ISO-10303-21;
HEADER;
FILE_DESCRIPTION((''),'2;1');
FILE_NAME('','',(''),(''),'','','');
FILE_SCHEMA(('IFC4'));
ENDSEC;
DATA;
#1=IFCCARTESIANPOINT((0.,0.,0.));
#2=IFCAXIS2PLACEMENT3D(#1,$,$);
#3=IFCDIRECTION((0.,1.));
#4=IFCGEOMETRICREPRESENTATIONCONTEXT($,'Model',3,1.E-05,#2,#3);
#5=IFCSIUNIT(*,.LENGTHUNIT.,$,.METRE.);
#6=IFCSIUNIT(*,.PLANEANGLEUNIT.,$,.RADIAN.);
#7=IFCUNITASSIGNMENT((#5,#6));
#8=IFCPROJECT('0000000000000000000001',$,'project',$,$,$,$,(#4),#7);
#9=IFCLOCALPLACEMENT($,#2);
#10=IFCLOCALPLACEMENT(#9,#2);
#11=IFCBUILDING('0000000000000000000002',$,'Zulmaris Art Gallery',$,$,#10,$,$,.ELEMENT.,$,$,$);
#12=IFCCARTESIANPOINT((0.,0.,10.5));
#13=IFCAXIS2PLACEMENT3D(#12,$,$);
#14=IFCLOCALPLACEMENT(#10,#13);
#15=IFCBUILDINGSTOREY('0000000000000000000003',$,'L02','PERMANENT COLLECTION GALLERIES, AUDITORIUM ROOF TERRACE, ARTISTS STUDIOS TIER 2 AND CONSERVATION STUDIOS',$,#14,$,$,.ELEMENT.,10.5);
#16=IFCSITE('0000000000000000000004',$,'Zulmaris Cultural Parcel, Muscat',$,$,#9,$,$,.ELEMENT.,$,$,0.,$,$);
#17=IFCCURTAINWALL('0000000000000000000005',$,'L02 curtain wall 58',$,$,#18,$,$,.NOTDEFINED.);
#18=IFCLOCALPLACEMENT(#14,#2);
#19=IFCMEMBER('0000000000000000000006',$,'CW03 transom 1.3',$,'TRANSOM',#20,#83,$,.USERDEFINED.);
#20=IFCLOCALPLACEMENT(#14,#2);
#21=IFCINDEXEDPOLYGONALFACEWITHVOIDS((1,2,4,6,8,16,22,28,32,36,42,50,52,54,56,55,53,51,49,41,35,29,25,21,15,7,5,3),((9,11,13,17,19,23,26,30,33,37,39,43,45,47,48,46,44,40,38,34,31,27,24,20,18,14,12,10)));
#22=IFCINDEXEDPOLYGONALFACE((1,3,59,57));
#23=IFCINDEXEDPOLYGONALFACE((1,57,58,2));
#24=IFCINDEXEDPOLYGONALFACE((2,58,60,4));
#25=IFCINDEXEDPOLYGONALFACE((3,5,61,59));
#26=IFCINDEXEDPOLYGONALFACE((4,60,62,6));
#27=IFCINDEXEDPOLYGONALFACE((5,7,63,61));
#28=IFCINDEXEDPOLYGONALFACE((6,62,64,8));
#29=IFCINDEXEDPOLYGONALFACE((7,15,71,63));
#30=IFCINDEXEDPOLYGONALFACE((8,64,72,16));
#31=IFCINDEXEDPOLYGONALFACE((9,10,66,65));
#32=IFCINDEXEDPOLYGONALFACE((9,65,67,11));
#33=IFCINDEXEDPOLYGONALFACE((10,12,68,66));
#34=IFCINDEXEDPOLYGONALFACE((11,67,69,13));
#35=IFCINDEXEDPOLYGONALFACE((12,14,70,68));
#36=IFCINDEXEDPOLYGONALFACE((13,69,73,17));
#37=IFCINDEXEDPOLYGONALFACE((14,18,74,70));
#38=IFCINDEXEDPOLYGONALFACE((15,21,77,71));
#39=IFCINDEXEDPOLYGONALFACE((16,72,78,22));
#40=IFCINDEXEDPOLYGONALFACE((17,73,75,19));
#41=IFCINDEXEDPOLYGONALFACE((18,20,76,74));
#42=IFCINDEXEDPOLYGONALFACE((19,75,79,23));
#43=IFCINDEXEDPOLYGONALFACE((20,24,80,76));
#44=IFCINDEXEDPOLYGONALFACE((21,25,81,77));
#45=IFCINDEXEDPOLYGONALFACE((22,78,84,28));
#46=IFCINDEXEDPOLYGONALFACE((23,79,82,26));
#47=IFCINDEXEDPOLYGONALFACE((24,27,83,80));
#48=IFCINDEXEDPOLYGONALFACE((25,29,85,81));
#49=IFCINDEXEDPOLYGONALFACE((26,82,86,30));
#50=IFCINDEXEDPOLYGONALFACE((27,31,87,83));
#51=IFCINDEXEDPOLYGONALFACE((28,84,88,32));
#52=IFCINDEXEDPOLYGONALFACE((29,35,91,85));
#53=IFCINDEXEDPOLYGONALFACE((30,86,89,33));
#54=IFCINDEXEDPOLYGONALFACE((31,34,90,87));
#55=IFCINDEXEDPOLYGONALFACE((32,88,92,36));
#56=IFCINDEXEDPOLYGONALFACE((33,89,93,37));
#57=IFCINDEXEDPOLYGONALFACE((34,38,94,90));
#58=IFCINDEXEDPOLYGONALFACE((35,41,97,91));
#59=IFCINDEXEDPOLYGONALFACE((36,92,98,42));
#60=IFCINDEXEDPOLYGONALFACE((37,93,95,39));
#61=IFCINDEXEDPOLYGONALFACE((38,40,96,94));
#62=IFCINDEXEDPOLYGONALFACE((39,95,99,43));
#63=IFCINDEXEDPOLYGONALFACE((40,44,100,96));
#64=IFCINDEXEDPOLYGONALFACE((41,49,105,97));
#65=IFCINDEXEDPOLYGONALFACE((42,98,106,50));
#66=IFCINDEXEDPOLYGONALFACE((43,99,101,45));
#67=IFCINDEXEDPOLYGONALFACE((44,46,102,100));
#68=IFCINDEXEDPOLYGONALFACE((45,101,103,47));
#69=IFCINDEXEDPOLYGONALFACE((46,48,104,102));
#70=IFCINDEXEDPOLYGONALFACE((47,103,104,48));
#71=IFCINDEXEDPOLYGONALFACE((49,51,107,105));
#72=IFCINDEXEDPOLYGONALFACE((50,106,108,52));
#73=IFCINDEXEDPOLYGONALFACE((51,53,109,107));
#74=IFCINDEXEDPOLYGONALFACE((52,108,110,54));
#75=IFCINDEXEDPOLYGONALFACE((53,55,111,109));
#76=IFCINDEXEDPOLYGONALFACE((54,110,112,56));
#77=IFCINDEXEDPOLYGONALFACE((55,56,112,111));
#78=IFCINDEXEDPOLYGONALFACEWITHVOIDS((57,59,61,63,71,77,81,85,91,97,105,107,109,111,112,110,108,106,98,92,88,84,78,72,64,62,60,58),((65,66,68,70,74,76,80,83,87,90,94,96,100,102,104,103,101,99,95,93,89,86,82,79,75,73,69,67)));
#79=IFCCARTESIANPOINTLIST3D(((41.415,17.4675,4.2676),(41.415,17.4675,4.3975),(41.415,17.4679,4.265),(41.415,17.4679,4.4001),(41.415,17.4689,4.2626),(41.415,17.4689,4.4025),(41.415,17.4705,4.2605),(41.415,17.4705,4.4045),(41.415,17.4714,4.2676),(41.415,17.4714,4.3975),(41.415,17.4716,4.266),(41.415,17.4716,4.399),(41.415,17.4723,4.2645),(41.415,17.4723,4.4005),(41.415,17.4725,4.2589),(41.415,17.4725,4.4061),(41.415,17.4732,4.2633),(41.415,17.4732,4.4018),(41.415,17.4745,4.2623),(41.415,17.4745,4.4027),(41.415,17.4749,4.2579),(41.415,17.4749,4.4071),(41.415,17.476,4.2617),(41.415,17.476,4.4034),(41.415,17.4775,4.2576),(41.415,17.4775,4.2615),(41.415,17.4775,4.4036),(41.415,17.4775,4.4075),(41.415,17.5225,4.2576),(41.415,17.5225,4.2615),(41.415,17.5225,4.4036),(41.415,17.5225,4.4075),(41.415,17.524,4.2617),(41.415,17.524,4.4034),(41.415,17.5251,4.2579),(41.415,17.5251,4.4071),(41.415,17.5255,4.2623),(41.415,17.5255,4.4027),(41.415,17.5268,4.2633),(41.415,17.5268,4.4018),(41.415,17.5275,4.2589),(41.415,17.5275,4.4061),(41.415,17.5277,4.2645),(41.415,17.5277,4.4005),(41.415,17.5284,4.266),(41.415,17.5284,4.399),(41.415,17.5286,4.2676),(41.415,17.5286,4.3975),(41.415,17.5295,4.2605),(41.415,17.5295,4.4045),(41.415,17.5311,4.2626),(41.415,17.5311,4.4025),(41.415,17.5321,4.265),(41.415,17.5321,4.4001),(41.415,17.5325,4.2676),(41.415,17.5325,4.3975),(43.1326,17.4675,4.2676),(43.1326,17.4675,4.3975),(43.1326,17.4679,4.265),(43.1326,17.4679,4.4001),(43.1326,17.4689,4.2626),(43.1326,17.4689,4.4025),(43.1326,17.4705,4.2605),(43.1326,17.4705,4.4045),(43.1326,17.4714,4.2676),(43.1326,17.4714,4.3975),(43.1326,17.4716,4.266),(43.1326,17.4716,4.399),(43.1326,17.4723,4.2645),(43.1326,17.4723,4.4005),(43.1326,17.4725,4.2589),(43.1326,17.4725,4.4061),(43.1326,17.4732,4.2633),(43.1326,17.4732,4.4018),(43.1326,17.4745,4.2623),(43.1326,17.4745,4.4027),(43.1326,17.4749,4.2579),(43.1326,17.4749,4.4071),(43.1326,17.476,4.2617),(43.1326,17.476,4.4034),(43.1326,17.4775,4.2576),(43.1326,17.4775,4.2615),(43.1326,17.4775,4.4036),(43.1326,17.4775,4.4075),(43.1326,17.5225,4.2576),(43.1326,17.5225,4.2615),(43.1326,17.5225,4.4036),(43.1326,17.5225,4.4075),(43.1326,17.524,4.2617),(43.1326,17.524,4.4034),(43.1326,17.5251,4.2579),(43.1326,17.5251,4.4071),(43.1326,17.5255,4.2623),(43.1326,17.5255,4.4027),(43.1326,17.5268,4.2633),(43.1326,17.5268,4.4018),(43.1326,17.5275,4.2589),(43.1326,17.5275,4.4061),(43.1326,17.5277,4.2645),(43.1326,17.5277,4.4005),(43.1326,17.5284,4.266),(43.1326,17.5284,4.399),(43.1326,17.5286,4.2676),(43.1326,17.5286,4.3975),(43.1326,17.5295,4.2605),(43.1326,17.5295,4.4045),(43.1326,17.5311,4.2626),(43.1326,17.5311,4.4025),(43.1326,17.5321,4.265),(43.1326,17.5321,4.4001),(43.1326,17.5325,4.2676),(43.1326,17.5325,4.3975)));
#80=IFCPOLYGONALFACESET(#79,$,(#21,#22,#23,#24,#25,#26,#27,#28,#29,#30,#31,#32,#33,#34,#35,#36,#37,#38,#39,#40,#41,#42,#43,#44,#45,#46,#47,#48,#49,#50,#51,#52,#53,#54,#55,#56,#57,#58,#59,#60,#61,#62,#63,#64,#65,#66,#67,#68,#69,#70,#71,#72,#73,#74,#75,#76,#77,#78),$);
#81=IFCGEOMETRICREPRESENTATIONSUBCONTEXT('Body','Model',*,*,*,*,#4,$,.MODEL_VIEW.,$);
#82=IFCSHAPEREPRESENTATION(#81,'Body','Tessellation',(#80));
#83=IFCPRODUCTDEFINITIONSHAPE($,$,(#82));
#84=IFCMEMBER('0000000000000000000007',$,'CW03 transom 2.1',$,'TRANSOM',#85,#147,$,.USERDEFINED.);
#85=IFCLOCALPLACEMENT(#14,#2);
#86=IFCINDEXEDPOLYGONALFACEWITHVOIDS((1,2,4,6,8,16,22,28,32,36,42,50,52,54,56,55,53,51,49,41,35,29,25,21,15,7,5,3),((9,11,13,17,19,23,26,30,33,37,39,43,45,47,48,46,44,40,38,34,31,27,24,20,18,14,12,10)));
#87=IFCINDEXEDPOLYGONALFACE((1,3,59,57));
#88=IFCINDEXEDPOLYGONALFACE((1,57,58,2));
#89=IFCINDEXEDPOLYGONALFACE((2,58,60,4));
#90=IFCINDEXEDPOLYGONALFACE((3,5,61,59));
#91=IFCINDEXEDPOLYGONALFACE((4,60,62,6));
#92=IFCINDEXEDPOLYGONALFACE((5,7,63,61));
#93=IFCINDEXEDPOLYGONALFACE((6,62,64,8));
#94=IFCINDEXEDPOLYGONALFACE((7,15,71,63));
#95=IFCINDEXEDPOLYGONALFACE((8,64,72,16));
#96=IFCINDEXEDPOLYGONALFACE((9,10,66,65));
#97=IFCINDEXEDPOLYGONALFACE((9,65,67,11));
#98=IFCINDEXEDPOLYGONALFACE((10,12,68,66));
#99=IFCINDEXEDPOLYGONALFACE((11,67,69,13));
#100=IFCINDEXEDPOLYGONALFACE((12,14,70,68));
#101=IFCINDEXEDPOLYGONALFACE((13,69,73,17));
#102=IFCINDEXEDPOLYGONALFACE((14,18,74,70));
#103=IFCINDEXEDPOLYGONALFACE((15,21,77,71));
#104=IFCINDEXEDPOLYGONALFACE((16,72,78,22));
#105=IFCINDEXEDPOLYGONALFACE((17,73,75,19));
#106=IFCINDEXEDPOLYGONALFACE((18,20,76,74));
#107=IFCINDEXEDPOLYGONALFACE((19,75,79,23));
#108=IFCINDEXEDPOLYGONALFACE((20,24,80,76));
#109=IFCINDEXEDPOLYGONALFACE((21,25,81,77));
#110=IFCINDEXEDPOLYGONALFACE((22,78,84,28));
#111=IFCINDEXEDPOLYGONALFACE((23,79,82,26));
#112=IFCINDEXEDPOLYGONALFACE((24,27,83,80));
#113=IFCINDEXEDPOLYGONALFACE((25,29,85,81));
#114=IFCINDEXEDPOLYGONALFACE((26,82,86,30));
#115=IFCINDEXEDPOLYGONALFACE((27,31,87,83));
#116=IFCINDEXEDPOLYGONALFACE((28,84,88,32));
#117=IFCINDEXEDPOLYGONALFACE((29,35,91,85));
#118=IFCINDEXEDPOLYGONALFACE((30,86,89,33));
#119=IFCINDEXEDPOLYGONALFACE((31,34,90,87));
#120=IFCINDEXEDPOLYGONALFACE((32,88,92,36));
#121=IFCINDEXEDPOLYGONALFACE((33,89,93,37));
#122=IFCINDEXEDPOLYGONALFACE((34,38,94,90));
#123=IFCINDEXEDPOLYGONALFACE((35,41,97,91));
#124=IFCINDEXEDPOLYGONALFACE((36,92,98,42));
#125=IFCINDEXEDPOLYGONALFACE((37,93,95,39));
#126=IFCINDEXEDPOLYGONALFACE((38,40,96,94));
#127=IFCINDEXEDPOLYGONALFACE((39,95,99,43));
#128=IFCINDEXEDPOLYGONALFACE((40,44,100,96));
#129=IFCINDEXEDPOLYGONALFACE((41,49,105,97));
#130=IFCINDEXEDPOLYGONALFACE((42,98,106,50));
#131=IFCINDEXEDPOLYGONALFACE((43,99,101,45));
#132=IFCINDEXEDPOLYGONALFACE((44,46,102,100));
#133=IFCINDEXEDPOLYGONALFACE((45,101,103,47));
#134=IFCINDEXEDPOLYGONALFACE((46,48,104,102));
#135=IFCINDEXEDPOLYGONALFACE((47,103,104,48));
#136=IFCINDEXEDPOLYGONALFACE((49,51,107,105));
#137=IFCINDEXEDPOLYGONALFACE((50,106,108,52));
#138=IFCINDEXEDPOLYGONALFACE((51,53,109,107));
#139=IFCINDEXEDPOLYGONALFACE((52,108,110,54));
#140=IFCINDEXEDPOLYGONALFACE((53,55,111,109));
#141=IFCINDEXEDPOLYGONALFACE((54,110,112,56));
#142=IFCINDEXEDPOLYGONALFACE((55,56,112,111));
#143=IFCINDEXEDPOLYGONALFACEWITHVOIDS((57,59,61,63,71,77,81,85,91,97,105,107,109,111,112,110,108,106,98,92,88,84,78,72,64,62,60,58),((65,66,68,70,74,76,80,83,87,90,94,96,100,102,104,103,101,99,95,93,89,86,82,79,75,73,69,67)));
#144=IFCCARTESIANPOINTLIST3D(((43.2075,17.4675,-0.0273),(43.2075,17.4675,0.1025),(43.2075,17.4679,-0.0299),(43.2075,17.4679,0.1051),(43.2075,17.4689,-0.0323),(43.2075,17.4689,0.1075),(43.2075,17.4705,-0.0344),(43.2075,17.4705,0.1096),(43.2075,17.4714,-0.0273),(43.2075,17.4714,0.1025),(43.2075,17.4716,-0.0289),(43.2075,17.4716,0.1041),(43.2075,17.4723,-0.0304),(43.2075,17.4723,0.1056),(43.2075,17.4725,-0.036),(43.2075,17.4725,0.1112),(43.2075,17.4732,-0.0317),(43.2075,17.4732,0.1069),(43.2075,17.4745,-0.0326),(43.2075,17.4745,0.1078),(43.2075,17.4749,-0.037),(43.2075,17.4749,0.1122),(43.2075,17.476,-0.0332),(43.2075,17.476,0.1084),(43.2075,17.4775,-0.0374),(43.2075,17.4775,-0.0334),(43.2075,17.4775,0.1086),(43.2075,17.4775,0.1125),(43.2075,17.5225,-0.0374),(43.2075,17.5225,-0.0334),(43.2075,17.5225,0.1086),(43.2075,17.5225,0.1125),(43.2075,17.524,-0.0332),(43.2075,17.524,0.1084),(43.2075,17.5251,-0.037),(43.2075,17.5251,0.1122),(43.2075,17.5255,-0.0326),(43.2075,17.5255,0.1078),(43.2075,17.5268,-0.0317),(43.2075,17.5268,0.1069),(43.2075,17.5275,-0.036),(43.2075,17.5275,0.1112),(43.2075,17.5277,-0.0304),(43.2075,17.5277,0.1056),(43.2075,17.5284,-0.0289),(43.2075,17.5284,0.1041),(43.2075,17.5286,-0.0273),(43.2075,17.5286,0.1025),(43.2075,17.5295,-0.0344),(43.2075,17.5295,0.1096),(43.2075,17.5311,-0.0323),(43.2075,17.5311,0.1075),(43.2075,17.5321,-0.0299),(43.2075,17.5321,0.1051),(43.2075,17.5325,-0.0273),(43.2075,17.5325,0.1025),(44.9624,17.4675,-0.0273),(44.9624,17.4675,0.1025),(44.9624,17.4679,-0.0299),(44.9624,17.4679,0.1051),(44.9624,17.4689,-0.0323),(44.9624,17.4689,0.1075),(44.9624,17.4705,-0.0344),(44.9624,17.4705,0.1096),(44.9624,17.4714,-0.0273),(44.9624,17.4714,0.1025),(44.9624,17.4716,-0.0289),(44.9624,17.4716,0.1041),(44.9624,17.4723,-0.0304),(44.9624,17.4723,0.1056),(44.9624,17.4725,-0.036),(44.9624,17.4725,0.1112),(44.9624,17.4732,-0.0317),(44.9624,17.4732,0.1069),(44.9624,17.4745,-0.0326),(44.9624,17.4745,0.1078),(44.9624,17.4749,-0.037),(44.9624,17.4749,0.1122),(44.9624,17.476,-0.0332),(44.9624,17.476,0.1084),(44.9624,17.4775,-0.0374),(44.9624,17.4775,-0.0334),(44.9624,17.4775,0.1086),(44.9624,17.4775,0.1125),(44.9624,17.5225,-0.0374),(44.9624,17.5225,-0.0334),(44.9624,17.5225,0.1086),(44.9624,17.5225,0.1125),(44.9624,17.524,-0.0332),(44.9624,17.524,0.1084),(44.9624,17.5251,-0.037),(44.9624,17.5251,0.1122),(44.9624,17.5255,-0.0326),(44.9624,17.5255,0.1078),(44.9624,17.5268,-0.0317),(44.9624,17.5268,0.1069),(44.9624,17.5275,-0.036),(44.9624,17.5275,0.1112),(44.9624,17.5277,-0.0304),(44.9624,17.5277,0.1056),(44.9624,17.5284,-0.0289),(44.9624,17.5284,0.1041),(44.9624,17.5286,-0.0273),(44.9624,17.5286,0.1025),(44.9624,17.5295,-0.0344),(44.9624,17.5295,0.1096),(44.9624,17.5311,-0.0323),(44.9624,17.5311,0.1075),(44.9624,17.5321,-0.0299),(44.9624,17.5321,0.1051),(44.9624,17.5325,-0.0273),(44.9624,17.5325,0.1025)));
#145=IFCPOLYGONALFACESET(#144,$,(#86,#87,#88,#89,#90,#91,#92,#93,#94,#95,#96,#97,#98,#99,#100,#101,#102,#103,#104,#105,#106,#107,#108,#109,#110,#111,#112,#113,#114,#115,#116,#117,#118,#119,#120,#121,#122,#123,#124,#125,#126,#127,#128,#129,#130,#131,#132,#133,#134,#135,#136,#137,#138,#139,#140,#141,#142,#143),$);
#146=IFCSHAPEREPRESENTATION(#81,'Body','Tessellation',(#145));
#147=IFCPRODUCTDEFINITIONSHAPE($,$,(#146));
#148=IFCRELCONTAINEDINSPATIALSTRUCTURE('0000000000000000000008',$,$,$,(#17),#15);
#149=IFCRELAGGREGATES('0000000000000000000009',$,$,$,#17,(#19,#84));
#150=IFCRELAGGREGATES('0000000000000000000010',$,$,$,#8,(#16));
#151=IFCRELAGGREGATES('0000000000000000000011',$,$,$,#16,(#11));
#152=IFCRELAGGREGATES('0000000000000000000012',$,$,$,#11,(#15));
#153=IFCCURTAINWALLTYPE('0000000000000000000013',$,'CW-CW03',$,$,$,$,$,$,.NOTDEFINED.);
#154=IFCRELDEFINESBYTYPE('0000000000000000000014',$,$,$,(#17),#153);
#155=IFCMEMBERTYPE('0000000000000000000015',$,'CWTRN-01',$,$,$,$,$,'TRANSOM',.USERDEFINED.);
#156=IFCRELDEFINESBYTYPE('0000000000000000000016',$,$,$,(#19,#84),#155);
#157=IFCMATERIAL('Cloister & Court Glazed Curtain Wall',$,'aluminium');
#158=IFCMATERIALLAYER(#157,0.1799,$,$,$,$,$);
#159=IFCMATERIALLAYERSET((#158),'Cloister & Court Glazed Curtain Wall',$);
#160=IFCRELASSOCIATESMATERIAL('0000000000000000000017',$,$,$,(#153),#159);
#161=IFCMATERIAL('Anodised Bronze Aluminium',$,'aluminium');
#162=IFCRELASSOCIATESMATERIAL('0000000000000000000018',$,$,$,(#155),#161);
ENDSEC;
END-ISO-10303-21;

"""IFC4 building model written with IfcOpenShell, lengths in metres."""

from ifc_helpers import new_model, si_unit, direction, frame, origin, origin_2d, place, context, subcontext, project, spatial, hollow_rectangle, extrude, material, layer, layer_set, material_profile, profile_set, type_object, element, aggregate, save


model = new_model("IFC4")

# Units and contexts
model_context = context("Model", 3, precision=1e-05, world=origin(), true_north=direction((0.0, 1.0)))
body_context = subcontext(model_context, "Body", "Model", "MODEL_VIEW")
ifc_project = project(units=[si_unit("LENGTHUNIT", "METRE"), si_unit("PLANEANGLEUNIT", "RADIAN")], contexts=[model_context])

# Site, building, storey
site_placement = place(None, origin())
site = spatial("IfcSite", under=ifc_project, at=site_placement, Name="Zulmaris Cultural Parcel, Muscat", CompositionType="ELEMENT", RefElevation=0.0)
building_placement = place(site_placement, origin())
building = spatial("IfcBuilding", under=site, at=building_placement, Name="Zulmaris Art Gallery", CompositionType="ELEMENT")
storey_placement = place(building_placement, frame((0.0, 0.0, 10.5)))
storey = spatial("IfcBuildingStorey", under=building, at=storey_placement, Name="L02", Description="PERMANENT COLLECTION GALLERIES, AUDITORIUM ROOF TERRACE, ARTISTS STUDIOS TIER 2 AND CONSERVATION STUDIOS", CompositionType="ELEMENT", Elevation=10.5)

# Curtain wall, members
ifc_material_1 = material(Name="Cloister & Court Glazed Curtain Wall", Category="aluminium")
ifc_layer_1 = layer(ifc_material_1, 0.1799)
ifc_layer_set_1 = layer_set([ifc_layer_1], Name="Cloister & Court Glazed Curtain Wall")
curtain_wall_type = type_object("IfcCurtainWallType", Name="CW-CW03", PredefinedType="NOTDEFINED", material=ifc_layer_set_1)
curtain_wall_placement = place(storey_placement, origin())
curtain_wall = element("IfcCurtainWall", 1, at=curtain_wall_placement, inside=storey, type_object=curtain_wall_type, Name="L02 curtain wall 58", PredefinedType="NOTDEFINED")
ifc_material_2 = material(Name="Anodised Bronze Aluminium", Category="aluminium")
ifc_material_profile_1 = material_profile(ifc_material_2, hollow_rectangle(XDim=0.0649, YDim=0.1499, WallThickness=0.0039, InnerFilletRadius=0.0061, OuterFilletRadius=0.01, at=origin_2d()), Name="ALU 65x150x4")
ifc_profile_set_1 = profile_set([ifc_material_profile_1], Name="Anodised Bronze Aluminium")
member_type_1 = type_object("IfcMemberType", Name="CWTRN-01", ElementType="TRANSOM", PredefinedType="USERDEFINED", material=ifc_profile_set_1)
member_1_placement = place(storey_placement, frame((41.415, 17.5, 4.3325), z_axis=(1.0, 0.0, 0.0), x_axis=(0.0, 1.0, 0.0)))
member_1 = element("IfcMember", 2, at=member_1_placement, type_object=member_type_1, Name="CW03 transom 1.3", ObjectType="TRANSOM", PredefinedType="USERDEFINED", context=body_context, shape_type="SweptSolid", body=[
    extrude(hollow_rectangle(XDim=0.0649, YDim=0.1499, WallThickness=0.0039, InnerFilletRadius=0.0061, OuterFilletRadius=0.01, at=origin_2d()), origin(), (0.0, 0.0, 1.0), 1.7175),
])
member_2_placement = place(storey_placement, frame((43.2075, 17.5, 0.0376), z_axis=(1.0, 0.0, 0.0), x_axis=(0.0, 1.0, 0.0)))
member_2 = element("IfcMember", 3, at=member_2_placement, type_object=member_type_1, Name="CW03 transom 2.1", ObjectType="TRANSOM", PredefinedType="USERDEFINED", context=body_context, shape_type="SweptSolid", body=[
    extrude(hollow_rectangle(XDim=0.0649, YDim=0.1499, WallThickness=0.0039, InnerFilletRadius=0.0061, OuterFilletRadius=0.01, at=origin_2d()), origin(), (0.0, 0.0, 1.0), 1.7549),
])
aggregate(curtain_wall, [member_1, member_2])

save(model, "model.ifc")
